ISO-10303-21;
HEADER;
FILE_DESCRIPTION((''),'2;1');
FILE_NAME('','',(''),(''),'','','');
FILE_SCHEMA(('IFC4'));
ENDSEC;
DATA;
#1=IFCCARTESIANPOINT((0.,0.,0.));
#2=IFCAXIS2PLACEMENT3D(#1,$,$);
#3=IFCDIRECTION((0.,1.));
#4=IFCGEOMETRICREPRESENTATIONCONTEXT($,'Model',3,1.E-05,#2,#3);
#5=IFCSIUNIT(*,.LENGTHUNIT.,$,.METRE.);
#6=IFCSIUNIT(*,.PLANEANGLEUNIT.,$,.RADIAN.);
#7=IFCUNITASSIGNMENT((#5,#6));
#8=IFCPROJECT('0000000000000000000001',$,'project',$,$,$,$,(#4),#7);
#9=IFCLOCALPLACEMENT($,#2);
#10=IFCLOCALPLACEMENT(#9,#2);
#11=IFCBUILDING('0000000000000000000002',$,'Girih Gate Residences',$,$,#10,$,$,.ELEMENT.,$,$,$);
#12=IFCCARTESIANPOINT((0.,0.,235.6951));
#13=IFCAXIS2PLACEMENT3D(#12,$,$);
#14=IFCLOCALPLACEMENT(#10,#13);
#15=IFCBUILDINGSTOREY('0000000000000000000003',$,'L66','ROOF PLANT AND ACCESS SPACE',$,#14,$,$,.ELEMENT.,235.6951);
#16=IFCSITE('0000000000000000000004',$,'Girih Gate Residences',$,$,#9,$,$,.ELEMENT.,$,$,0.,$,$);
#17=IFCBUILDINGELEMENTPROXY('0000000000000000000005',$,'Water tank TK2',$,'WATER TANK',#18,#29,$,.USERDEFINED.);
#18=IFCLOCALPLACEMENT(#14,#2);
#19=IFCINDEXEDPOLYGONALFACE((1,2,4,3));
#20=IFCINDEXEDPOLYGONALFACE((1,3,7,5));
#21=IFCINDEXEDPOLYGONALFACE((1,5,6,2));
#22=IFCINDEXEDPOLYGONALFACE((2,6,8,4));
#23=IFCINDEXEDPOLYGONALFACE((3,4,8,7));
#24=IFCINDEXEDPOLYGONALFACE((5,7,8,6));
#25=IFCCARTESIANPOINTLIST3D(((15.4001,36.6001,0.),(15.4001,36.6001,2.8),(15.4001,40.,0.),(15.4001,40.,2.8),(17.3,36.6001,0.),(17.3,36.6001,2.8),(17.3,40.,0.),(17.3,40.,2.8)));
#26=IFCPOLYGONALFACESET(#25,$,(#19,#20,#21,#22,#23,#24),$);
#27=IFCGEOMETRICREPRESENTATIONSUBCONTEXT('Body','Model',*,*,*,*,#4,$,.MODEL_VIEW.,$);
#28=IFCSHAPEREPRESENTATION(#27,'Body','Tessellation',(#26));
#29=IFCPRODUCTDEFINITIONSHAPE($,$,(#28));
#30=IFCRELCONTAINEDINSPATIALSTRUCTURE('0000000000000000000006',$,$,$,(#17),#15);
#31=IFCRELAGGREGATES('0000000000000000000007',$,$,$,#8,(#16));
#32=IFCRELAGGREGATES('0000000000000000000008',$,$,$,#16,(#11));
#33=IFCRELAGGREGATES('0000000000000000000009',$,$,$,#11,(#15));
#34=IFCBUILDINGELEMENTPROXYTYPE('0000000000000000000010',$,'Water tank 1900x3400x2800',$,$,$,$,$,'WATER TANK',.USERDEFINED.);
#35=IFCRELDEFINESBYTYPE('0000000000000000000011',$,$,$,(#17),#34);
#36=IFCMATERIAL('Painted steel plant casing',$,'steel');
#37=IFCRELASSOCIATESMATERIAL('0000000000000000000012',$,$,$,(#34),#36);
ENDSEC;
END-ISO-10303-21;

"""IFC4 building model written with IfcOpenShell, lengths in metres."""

from ifc_helpers import new_model, si_unit, direction, frame, origin, origin_2d, place, context, subcontext, project, spatial, rectangle, extrude, material, type_object, element, save


model = new_model("IFC4")

# Units and contexts
model_context = context("Model", 3, precision=1e-05, world=origin(), true_north=direction((0.0, 1.0)))
body_context = subcontext(model_context, "Body", "Model", "MODEL_VIEW")
ifc_project = project(units=[si_unit("LENGTHUNIT", "METRE"), si_unit("PLANEANGLEUNIT", "RADIAN")], contexts=[model_context])

# Site, building, storey
site_placement = place(None, origin())
site = spatial("IfcSite", under=ifc_project, at=site_placement, Name="Girih Gate Residences", CompositionType="ELEMENT", RefElevation=0.0)
building_placement = place(site_placement, origin())
building = spatial("IfcBuilding", under=site, at=building_placement, Name="Girih Gate Residences", CompositionType="ELEMENT")
storey_placement = place(building_placement, frame((0.0, 0.0, 235.6951)))
storey = spatial("IfcBuildingStorey", under=building, at=storey_placement, Name="L66", Description="ROOF PLANT AND ACCESS SPACE", CompositionType="ELEMENT", Elevation=235.6951)

# Building element proxy
ifc_material_1 = material(Name="Painted steel plant casing", Category="steel")
building_element_proxy_type = type_object("IfcBuildingElementProxyType", Name="Water tank 1900x3400x2800", ElementType="WATER TANK", PredefinedType="USERDEFINED", material=ifc_material_1)
proxy_placement = place(storey_placement, frame((16.3501, 38.3, 0.0), z_axis=(0.0, 0.0, 1.0), x_axis=(1.0, 0.0, 0.0)))
element("IfcBuildingElementProxy", 1, at=proxy_placement, inside=storey, type_object=building_element_proxy_type, Name="Water tank TK2", ObjectType="WATER TANK", PredefinedType="USERDEFINED", context=body_context, shape_type="SweptSolid", body=[
    extrude(rectangle(XDim=1.8999, YDim=3.3999, at=origin_2d()), origin(), (0.0, 0.0, 1.0), 2.8),
])

save(model, "model.ifc")
